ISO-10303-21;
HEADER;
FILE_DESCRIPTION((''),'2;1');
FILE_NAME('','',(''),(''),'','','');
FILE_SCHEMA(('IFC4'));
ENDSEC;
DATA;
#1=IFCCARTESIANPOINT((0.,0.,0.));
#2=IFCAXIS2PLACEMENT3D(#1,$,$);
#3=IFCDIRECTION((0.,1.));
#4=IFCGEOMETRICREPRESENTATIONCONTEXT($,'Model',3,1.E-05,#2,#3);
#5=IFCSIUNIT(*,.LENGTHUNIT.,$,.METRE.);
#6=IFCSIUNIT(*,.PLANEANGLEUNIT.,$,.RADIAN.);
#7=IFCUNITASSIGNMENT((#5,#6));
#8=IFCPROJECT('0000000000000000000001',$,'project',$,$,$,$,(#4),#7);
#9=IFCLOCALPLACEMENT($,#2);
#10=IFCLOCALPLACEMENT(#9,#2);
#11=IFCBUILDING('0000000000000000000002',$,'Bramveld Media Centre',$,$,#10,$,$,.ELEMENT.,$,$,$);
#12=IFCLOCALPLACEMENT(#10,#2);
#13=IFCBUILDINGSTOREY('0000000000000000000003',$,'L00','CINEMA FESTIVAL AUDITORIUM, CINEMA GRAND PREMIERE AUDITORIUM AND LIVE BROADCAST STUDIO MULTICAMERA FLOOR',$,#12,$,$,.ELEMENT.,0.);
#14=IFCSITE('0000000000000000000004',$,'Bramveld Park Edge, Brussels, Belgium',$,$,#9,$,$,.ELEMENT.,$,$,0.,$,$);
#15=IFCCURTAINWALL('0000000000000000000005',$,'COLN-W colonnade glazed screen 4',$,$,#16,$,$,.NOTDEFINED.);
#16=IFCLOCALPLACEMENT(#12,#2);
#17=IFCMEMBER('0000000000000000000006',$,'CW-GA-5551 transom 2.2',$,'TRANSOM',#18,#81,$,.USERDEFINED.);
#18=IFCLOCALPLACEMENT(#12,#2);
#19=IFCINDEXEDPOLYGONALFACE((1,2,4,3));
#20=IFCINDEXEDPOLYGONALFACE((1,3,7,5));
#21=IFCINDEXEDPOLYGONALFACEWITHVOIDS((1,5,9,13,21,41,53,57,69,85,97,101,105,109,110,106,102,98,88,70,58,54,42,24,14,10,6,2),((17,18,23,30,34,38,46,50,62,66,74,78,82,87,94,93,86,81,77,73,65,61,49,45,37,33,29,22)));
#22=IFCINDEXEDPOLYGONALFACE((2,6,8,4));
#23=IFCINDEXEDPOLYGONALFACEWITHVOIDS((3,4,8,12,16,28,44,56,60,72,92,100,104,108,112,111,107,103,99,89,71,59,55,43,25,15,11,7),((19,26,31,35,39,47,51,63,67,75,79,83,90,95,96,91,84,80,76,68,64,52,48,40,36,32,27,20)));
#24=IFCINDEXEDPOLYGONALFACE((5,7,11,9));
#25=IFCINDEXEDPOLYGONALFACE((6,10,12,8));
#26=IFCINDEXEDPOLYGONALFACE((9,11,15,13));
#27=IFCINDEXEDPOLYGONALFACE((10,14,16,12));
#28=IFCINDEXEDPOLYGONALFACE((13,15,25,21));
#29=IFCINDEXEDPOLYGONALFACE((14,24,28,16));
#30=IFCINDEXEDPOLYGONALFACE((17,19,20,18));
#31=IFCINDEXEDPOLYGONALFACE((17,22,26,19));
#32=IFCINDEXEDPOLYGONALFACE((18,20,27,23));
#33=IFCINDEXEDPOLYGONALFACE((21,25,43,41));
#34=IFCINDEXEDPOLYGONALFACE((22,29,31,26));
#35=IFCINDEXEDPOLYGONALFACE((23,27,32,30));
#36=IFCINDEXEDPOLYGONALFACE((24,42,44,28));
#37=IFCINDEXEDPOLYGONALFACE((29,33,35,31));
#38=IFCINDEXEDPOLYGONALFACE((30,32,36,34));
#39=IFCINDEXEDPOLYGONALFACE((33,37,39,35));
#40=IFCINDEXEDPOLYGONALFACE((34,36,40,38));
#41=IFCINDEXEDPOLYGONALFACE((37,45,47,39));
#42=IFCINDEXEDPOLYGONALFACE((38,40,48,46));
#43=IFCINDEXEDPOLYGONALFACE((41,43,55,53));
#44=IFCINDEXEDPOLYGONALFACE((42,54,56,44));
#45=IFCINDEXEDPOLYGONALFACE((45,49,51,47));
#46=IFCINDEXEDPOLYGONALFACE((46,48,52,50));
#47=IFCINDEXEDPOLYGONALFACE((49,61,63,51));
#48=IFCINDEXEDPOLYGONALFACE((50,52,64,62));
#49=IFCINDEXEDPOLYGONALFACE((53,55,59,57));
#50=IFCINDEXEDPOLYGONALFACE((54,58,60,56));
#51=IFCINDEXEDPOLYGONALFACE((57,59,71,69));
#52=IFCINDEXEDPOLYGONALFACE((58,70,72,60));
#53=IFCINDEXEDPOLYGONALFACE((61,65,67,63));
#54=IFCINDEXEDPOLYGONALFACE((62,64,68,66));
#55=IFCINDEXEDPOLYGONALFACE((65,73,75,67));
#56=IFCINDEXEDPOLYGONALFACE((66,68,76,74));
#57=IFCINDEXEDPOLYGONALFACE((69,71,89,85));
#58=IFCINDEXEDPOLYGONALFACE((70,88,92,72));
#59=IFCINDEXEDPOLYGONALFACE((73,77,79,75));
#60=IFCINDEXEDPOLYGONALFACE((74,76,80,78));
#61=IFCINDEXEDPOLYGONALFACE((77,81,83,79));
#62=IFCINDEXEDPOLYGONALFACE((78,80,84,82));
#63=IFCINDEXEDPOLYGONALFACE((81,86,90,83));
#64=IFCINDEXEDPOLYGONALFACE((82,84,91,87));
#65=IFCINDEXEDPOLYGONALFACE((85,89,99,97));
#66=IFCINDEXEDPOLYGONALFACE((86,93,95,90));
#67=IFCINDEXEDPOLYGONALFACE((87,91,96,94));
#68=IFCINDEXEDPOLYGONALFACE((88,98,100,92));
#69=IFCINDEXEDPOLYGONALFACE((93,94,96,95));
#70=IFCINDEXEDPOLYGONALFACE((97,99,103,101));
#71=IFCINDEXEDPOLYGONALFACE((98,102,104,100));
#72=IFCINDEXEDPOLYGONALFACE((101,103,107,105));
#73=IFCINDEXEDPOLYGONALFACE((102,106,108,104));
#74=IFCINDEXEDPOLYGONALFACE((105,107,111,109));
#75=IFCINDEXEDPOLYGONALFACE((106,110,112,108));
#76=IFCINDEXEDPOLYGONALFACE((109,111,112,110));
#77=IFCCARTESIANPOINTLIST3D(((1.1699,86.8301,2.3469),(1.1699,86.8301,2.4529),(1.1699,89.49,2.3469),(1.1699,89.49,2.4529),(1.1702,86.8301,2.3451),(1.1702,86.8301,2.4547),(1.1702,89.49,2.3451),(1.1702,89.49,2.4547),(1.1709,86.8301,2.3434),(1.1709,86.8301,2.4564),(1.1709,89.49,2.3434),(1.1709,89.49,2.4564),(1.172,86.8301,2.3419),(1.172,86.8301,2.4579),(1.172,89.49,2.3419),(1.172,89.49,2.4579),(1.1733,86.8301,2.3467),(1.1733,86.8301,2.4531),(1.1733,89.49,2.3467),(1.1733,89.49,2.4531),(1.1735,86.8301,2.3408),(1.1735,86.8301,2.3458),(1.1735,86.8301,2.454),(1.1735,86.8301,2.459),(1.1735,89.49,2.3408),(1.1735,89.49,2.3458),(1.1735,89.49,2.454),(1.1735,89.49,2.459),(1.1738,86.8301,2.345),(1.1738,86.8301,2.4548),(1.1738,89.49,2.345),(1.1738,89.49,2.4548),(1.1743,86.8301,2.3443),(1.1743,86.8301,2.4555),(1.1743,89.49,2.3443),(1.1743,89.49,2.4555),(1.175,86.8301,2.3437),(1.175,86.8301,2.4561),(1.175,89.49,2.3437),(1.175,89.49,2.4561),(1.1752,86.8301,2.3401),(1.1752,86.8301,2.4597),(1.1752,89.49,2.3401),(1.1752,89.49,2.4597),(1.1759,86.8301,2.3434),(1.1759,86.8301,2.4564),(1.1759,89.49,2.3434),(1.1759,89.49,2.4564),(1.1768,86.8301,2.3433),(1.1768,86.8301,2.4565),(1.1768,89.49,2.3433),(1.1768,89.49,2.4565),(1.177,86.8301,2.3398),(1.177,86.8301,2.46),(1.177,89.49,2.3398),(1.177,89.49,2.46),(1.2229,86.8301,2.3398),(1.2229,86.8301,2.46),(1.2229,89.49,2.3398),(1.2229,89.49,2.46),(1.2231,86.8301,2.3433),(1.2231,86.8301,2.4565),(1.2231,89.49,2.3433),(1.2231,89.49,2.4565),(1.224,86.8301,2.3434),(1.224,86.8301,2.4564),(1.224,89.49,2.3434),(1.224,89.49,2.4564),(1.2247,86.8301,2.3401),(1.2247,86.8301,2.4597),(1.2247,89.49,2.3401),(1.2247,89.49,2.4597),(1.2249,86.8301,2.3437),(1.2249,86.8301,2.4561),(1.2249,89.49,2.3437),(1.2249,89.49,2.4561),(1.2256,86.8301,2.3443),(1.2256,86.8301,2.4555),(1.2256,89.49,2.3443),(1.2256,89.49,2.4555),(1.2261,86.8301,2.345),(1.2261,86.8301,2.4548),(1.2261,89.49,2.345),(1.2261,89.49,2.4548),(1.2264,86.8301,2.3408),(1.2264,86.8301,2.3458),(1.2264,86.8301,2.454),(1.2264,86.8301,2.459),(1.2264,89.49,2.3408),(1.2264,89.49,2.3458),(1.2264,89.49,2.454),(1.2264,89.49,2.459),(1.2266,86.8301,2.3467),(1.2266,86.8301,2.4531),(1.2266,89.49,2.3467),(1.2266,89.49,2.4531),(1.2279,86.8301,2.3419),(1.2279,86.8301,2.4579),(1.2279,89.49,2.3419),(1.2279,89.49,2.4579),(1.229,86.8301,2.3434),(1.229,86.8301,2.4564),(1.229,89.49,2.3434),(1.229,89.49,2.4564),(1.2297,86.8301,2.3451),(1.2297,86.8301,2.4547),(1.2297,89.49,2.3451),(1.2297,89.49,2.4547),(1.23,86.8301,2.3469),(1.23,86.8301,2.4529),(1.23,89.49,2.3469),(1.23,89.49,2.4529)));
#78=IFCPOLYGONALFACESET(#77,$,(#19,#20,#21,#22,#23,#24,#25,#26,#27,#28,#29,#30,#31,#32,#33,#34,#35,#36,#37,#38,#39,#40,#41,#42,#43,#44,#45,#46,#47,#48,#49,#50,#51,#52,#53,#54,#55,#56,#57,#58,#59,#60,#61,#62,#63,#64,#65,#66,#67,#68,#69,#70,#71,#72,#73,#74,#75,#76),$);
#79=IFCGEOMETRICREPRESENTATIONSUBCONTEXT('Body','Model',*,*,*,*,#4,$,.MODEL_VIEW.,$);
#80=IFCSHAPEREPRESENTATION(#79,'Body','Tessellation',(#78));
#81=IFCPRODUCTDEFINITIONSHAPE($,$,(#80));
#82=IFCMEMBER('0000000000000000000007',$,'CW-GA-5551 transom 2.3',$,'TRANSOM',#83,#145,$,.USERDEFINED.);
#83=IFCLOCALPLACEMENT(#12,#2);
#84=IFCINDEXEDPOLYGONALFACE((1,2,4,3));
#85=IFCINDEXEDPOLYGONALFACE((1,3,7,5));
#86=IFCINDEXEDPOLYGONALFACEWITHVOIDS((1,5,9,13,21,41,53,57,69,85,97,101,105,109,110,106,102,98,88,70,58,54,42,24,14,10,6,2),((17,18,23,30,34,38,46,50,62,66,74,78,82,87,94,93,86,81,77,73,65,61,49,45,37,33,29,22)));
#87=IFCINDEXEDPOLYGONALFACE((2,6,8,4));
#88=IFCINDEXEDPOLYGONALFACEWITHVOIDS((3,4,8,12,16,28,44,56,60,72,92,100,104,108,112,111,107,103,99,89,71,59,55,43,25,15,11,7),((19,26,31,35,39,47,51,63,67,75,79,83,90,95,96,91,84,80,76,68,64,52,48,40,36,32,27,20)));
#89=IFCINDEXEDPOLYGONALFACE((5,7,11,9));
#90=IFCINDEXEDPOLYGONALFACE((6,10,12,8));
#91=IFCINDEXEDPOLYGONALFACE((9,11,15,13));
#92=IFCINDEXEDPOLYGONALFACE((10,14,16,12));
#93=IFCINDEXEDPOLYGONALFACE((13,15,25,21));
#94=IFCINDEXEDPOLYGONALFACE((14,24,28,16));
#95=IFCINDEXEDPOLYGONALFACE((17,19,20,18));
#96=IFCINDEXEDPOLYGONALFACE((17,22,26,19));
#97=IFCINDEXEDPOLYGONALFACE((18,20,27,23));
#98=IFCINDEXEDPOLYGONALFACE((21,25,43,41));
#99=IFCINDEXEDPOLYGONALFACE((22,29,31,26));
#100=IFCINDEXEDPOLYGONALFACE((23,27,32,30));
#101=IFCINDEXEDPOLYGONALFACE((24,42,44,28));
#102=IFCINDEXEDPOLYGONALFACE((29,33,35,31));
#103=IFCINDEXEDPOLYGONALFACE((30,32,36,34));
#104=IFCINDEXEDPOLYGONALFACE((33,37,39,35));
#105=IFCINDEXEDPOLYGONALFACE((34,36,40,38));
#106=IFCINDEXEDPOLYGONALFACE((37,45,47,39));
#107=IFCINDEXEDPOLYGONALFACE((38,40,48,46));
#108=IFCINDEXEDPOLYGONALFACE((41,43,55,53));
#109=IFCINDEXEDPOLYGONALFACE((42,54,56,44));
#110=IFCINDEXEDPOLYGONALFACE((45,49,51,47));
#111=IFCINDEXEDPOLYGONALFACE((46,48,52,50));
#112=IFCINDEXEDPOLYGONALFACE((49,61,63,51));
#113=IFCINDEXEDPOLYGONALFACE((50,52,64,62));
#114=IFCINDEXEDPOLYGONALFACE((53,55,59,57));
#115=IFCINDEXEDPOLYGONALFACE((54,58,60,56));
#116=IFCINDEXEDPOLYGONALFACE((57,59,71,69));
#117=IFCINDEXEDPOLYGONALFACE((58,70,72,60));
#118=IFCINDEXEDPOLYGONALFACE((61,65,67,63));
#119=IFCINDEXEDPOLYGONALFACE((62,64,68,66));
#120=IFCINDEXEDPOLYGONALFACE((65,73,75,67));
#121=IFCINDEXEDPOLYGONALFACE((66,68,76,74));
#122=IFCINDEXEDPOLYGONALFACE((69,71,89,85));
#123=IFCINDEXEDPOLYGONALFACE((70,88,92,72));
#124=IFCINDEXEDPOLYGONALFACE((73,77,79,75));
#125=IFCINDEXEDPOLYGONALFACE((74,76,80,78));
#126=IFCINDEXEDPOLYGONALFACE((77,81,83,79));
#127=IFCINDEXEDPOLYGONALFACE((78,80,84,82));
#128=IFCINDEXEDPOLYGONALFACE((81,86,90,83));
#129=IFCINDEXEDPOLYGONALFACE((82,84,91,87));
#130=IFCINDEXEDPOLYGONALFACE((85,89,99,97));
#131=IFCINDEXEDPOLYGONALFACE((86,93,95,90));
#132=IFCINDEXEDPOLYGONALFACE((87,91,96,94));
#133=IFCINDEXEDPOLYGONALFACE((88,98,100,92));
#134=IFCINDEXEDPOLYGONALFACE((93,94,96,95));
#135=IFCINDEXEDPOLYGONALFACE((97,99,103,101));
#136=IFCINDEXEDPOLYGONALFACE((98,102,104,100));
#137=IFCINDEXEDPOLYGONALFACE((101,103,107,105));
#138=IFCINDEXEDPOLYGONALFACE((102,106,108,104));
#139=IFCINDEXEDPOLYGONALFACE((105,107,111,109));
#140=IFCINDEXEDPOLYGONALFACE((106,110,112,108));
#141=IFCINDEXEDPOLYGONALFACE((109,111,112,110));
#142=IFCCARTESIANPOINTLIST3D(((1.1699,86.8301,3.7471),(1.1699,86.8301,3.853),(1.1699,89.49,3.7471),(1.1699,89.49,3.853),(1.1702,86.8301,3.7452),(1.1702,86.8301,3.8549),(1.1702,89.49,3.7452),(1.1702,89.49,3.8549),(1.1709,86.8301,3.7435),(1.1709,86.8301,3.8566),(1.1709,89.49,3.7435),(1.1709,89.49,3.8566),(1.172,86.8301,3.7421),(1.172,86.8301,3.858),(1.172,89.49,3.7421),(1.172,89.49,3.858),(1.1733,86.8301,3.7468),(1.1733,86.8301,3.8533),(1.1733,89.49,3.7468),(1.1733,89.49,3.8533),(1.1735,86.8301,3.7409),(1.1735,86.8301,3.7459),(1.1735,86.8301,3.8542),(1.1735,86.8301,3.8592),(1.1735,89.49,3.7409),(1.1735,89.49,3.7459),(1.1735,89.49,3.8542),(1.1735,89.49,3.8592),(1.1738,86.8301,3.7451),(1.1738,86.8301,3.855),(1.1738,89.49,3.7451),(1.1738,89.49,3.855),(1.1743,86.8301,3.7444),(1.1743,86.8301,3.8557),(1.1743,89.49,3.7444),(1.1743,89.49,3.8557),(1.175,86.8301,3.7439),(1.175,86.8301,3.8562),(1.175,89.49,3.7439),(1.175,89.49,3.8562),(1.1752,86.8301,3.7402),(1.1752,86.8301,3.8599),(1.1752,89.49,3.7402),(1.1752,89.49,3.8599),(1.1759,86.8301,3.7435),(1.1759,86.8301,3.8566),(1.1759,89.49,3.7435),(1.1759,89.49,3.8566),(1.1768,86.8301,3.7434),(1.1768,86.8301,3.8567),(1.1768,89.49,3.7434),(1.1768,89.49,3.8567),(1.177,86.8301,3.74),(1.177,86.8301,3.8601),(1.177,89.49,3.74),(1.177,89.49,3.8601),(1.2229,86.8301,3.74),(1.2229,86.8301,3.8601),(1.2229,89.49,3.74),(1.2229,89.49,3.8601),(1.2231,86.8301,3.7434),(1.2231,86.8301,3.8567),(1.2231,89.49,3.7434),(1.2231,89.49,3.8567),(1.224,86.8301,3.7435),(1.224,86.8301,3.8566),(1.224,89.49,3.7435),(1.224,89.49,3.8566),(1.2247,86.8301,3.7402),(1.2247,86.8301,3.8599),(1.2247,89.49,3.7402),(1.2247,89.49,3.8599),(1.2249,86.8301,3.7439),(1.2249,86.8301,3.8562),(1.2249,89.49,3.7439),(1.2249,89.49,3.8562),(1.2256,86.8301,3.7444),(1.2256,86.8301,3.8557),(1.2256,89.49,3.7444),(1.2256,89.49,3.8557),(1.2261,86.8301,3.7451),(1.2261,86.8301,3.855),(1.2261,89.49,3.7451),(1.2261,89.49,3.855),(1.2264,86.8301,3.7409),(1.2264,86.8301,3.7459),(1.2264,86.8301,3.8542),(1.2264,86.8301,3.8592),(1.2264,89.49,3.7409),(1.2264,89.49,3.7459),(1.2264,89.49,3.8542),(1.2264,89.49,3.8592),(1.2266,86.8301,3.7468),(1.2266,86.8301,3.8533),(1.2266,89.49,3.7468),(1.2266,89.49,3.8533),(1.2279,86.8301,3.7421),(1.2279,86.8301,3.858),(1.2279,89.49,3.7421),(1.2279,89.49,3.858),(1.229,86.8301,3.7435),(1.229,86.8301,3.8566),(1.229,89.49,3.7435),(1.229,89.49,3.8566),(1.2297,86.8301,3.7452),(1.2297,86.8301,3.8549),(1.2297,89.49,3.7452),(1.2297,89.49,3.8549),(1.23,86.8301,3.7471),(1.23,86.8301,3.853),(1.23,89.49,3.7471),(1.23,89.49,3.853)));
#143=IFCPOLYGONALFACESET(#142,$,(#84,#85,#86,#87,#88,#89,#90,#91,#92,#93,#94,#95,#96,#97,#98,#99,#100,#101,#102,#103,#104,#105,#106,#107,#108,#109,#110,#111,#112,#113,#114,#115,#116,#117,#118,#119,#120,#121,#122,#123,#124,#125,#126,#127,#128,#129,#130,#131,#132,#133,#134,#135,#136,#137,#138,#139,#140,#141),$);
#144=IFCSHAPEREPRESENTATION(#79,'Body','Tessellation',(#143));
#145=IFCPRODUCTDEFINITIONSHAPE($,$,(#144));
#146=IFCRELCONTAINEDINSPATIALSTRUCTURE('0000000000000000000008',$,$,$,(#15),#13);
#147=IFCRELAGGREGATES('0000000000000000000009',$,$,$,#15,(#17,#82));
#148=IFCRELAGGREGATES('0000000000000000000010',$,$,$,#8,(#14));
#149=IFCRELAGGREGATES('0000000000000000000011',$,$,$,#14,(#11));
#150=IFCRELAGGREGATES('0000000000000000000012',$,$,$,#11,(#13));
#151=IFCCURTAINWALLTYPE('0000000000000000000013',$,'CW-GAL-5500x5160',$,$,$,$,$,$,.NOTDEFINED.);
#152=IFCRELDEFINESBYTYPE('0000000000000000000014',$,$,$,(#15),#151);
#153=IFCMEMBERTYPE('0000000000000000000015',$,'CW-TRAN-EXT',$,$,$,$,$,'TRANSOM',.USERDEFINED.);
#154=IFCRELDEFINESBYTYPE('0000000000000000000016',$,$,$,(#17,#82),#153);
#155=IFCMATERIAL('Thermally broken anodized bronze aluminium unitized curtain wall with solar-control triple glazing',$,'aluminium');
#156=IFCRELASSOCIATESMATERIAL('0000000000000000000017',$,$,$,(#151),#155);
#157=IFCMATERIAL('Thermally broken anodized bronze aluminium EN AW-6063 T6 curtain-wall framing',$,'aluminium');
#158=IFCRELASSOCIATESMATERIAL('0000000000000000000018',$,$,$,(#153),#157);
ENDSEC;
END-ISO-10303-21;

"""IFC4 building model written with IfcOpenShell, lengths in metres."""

from ifc_helpers import new_model, si_unit, direction, frame, origin, origin_2d, place, context, subcontext, project, spatial, hollow_rectangle, extrude, material, material_profile, profile_set, type_object, element, aggregate, save


model = new_model("IFC4")

# Units and contexts
model_context = context("Model", 3, precision=1e-05, world=origin(), true_north=direction((0.0, 1.0)))
body_context = subcontext(model_context, "Body", "Model", "MODEL_VIEW")
ifc_project = project(units=[si_unit("LENGTHUNIT", "METRE"), si_unit("PLANEANGLEUNIT", "RADIAN")], contexts=[model_context])

# Site, building, storey
site_placement = place(None, origin())
site = spatial("IfcSite", under=ifc_project, at=site_placement, Name="Bramveld Park Edge, Brussels, Belgium", CompositionType="ELEMENT", RefElevation=0.0)
building_placement = place(site_placement, origin())
building = spatial("IfcBuilding", under=site, at=building_placement, Name="Bramveld Media Centre", CompositionType="ELEMENT")
storey_placement = place(building_placement, origin())
storey = spatial("IfcBuildingStorey", under=building, at=storey_placement, Name="L00", Description="CINEMA FESTIVAL AUDITORIUM, CINEMA GRAND PREMIERE AUDITORIUM AND LIVE BROADCAST STUDIO MULTICAMERA FLOOR", CompositionType="ELEMENT", Elevation=0.0)

# Curtain wall, members
ifc_material_1 = material(Name="Thermally broken anodized bronze aluminium unitized curtain wall with solar-control triple glazing", Category="aluminium")
curtain_wall_type_1 = type_object("IfcCurtainWallType", Name="CW-GAL-5500x5160", PredefinedType="NOTDEFINED", material=ifc_material_1)
curtain_wall_1_placement = place(storey_placement, origin())
curtain_wall_1 = element("IfcCurtainWall", 1, at=curtain_wall_1_placement, inside=storey, type_object=curtain_wall_type_1, Name="COLN-W colonnade glazed screen 4", PredefinedType="NOTDEFINED")
ifc_material_2 = material(Name="Thermally broken anodized bronze aluminium EN AW-6063 T6 curtain-wall framing", Category="aluminium")
ifc_material_profile_1 = material_profile(ifc_material_2, hollow_rectangle(XDim=0.0601, YDim=0.1201, WallThickness=0.0034, InnerFilletRadius=0.0034, OuterFilletRadius=0.0071, at=origin_2d()), Name="AL-TRAN 60x120")
ifc_profile_set_1 = profile_set([ifc_material_profile_1], Name="Thermally broken anodized bronze aluminium EN AW-6063 T6 curtain-wall framing")
member_type_1 = type_object("IfcMemberType", Name="CW-TRAN-EXT", ElementType="TRANSOM", PredefinedType="USERDEFINED", material=ifc_profile_set_1)
member_1_placement = place(storey_placement, frame((1.2, 86.8301, 2.3999), z_axis=(0.0, 1.0, 0.0), x_axis=(-1.0, 0.0, 0.0)))
member_1 = element("IfcMember", 2, at=member_1_placement, type_object=member_type_1, Name="CW-GA-5551 transom 2.2", ObjectType="TRANSOM", PredefinedType="USERDEFINED", context=body_context, shape_type="SweptSolid", body=[
    extrude(hollow_rectangle(XDim=0.0601, YDim=0.1201, WallThickness=0.0034, InnerFilletRadius=0.0034, OuterFilletRadius=0.0071, at=origin_2d()), origin(), (0.0, 0.0, 1.0), 2.6599),
])
member_2_placement = place(storey_placement, frame((1.2, 86.8301, 3.8), z_axis=(0.0, 1.0, 0.0), x_axis=(-1.0, 0.0, 0.0)))
member_2 = element("IfcMember", 3, at=member_2_placement, type_object=member_type_1, Name="CW-GA-5551 transom 2.3", ObjectType="TRANSOM", PredefinedType="USERDEFINED", context=body_context, shape_type="SweptSolid", body=[
    extrude(hollow_rectangle(XDim=0.0601, YDim=0.1201, WallThickness=0.0034, InnerFilletRadius=0.0034, OuterFilletRadius=0.0071, at=origin_2d()), origin(), (0.0, 0.0, 1.0), 2.6599),
])
aggregate(curtain_wall_1, [member_1, member_2])

save(model, "model.ifc")
